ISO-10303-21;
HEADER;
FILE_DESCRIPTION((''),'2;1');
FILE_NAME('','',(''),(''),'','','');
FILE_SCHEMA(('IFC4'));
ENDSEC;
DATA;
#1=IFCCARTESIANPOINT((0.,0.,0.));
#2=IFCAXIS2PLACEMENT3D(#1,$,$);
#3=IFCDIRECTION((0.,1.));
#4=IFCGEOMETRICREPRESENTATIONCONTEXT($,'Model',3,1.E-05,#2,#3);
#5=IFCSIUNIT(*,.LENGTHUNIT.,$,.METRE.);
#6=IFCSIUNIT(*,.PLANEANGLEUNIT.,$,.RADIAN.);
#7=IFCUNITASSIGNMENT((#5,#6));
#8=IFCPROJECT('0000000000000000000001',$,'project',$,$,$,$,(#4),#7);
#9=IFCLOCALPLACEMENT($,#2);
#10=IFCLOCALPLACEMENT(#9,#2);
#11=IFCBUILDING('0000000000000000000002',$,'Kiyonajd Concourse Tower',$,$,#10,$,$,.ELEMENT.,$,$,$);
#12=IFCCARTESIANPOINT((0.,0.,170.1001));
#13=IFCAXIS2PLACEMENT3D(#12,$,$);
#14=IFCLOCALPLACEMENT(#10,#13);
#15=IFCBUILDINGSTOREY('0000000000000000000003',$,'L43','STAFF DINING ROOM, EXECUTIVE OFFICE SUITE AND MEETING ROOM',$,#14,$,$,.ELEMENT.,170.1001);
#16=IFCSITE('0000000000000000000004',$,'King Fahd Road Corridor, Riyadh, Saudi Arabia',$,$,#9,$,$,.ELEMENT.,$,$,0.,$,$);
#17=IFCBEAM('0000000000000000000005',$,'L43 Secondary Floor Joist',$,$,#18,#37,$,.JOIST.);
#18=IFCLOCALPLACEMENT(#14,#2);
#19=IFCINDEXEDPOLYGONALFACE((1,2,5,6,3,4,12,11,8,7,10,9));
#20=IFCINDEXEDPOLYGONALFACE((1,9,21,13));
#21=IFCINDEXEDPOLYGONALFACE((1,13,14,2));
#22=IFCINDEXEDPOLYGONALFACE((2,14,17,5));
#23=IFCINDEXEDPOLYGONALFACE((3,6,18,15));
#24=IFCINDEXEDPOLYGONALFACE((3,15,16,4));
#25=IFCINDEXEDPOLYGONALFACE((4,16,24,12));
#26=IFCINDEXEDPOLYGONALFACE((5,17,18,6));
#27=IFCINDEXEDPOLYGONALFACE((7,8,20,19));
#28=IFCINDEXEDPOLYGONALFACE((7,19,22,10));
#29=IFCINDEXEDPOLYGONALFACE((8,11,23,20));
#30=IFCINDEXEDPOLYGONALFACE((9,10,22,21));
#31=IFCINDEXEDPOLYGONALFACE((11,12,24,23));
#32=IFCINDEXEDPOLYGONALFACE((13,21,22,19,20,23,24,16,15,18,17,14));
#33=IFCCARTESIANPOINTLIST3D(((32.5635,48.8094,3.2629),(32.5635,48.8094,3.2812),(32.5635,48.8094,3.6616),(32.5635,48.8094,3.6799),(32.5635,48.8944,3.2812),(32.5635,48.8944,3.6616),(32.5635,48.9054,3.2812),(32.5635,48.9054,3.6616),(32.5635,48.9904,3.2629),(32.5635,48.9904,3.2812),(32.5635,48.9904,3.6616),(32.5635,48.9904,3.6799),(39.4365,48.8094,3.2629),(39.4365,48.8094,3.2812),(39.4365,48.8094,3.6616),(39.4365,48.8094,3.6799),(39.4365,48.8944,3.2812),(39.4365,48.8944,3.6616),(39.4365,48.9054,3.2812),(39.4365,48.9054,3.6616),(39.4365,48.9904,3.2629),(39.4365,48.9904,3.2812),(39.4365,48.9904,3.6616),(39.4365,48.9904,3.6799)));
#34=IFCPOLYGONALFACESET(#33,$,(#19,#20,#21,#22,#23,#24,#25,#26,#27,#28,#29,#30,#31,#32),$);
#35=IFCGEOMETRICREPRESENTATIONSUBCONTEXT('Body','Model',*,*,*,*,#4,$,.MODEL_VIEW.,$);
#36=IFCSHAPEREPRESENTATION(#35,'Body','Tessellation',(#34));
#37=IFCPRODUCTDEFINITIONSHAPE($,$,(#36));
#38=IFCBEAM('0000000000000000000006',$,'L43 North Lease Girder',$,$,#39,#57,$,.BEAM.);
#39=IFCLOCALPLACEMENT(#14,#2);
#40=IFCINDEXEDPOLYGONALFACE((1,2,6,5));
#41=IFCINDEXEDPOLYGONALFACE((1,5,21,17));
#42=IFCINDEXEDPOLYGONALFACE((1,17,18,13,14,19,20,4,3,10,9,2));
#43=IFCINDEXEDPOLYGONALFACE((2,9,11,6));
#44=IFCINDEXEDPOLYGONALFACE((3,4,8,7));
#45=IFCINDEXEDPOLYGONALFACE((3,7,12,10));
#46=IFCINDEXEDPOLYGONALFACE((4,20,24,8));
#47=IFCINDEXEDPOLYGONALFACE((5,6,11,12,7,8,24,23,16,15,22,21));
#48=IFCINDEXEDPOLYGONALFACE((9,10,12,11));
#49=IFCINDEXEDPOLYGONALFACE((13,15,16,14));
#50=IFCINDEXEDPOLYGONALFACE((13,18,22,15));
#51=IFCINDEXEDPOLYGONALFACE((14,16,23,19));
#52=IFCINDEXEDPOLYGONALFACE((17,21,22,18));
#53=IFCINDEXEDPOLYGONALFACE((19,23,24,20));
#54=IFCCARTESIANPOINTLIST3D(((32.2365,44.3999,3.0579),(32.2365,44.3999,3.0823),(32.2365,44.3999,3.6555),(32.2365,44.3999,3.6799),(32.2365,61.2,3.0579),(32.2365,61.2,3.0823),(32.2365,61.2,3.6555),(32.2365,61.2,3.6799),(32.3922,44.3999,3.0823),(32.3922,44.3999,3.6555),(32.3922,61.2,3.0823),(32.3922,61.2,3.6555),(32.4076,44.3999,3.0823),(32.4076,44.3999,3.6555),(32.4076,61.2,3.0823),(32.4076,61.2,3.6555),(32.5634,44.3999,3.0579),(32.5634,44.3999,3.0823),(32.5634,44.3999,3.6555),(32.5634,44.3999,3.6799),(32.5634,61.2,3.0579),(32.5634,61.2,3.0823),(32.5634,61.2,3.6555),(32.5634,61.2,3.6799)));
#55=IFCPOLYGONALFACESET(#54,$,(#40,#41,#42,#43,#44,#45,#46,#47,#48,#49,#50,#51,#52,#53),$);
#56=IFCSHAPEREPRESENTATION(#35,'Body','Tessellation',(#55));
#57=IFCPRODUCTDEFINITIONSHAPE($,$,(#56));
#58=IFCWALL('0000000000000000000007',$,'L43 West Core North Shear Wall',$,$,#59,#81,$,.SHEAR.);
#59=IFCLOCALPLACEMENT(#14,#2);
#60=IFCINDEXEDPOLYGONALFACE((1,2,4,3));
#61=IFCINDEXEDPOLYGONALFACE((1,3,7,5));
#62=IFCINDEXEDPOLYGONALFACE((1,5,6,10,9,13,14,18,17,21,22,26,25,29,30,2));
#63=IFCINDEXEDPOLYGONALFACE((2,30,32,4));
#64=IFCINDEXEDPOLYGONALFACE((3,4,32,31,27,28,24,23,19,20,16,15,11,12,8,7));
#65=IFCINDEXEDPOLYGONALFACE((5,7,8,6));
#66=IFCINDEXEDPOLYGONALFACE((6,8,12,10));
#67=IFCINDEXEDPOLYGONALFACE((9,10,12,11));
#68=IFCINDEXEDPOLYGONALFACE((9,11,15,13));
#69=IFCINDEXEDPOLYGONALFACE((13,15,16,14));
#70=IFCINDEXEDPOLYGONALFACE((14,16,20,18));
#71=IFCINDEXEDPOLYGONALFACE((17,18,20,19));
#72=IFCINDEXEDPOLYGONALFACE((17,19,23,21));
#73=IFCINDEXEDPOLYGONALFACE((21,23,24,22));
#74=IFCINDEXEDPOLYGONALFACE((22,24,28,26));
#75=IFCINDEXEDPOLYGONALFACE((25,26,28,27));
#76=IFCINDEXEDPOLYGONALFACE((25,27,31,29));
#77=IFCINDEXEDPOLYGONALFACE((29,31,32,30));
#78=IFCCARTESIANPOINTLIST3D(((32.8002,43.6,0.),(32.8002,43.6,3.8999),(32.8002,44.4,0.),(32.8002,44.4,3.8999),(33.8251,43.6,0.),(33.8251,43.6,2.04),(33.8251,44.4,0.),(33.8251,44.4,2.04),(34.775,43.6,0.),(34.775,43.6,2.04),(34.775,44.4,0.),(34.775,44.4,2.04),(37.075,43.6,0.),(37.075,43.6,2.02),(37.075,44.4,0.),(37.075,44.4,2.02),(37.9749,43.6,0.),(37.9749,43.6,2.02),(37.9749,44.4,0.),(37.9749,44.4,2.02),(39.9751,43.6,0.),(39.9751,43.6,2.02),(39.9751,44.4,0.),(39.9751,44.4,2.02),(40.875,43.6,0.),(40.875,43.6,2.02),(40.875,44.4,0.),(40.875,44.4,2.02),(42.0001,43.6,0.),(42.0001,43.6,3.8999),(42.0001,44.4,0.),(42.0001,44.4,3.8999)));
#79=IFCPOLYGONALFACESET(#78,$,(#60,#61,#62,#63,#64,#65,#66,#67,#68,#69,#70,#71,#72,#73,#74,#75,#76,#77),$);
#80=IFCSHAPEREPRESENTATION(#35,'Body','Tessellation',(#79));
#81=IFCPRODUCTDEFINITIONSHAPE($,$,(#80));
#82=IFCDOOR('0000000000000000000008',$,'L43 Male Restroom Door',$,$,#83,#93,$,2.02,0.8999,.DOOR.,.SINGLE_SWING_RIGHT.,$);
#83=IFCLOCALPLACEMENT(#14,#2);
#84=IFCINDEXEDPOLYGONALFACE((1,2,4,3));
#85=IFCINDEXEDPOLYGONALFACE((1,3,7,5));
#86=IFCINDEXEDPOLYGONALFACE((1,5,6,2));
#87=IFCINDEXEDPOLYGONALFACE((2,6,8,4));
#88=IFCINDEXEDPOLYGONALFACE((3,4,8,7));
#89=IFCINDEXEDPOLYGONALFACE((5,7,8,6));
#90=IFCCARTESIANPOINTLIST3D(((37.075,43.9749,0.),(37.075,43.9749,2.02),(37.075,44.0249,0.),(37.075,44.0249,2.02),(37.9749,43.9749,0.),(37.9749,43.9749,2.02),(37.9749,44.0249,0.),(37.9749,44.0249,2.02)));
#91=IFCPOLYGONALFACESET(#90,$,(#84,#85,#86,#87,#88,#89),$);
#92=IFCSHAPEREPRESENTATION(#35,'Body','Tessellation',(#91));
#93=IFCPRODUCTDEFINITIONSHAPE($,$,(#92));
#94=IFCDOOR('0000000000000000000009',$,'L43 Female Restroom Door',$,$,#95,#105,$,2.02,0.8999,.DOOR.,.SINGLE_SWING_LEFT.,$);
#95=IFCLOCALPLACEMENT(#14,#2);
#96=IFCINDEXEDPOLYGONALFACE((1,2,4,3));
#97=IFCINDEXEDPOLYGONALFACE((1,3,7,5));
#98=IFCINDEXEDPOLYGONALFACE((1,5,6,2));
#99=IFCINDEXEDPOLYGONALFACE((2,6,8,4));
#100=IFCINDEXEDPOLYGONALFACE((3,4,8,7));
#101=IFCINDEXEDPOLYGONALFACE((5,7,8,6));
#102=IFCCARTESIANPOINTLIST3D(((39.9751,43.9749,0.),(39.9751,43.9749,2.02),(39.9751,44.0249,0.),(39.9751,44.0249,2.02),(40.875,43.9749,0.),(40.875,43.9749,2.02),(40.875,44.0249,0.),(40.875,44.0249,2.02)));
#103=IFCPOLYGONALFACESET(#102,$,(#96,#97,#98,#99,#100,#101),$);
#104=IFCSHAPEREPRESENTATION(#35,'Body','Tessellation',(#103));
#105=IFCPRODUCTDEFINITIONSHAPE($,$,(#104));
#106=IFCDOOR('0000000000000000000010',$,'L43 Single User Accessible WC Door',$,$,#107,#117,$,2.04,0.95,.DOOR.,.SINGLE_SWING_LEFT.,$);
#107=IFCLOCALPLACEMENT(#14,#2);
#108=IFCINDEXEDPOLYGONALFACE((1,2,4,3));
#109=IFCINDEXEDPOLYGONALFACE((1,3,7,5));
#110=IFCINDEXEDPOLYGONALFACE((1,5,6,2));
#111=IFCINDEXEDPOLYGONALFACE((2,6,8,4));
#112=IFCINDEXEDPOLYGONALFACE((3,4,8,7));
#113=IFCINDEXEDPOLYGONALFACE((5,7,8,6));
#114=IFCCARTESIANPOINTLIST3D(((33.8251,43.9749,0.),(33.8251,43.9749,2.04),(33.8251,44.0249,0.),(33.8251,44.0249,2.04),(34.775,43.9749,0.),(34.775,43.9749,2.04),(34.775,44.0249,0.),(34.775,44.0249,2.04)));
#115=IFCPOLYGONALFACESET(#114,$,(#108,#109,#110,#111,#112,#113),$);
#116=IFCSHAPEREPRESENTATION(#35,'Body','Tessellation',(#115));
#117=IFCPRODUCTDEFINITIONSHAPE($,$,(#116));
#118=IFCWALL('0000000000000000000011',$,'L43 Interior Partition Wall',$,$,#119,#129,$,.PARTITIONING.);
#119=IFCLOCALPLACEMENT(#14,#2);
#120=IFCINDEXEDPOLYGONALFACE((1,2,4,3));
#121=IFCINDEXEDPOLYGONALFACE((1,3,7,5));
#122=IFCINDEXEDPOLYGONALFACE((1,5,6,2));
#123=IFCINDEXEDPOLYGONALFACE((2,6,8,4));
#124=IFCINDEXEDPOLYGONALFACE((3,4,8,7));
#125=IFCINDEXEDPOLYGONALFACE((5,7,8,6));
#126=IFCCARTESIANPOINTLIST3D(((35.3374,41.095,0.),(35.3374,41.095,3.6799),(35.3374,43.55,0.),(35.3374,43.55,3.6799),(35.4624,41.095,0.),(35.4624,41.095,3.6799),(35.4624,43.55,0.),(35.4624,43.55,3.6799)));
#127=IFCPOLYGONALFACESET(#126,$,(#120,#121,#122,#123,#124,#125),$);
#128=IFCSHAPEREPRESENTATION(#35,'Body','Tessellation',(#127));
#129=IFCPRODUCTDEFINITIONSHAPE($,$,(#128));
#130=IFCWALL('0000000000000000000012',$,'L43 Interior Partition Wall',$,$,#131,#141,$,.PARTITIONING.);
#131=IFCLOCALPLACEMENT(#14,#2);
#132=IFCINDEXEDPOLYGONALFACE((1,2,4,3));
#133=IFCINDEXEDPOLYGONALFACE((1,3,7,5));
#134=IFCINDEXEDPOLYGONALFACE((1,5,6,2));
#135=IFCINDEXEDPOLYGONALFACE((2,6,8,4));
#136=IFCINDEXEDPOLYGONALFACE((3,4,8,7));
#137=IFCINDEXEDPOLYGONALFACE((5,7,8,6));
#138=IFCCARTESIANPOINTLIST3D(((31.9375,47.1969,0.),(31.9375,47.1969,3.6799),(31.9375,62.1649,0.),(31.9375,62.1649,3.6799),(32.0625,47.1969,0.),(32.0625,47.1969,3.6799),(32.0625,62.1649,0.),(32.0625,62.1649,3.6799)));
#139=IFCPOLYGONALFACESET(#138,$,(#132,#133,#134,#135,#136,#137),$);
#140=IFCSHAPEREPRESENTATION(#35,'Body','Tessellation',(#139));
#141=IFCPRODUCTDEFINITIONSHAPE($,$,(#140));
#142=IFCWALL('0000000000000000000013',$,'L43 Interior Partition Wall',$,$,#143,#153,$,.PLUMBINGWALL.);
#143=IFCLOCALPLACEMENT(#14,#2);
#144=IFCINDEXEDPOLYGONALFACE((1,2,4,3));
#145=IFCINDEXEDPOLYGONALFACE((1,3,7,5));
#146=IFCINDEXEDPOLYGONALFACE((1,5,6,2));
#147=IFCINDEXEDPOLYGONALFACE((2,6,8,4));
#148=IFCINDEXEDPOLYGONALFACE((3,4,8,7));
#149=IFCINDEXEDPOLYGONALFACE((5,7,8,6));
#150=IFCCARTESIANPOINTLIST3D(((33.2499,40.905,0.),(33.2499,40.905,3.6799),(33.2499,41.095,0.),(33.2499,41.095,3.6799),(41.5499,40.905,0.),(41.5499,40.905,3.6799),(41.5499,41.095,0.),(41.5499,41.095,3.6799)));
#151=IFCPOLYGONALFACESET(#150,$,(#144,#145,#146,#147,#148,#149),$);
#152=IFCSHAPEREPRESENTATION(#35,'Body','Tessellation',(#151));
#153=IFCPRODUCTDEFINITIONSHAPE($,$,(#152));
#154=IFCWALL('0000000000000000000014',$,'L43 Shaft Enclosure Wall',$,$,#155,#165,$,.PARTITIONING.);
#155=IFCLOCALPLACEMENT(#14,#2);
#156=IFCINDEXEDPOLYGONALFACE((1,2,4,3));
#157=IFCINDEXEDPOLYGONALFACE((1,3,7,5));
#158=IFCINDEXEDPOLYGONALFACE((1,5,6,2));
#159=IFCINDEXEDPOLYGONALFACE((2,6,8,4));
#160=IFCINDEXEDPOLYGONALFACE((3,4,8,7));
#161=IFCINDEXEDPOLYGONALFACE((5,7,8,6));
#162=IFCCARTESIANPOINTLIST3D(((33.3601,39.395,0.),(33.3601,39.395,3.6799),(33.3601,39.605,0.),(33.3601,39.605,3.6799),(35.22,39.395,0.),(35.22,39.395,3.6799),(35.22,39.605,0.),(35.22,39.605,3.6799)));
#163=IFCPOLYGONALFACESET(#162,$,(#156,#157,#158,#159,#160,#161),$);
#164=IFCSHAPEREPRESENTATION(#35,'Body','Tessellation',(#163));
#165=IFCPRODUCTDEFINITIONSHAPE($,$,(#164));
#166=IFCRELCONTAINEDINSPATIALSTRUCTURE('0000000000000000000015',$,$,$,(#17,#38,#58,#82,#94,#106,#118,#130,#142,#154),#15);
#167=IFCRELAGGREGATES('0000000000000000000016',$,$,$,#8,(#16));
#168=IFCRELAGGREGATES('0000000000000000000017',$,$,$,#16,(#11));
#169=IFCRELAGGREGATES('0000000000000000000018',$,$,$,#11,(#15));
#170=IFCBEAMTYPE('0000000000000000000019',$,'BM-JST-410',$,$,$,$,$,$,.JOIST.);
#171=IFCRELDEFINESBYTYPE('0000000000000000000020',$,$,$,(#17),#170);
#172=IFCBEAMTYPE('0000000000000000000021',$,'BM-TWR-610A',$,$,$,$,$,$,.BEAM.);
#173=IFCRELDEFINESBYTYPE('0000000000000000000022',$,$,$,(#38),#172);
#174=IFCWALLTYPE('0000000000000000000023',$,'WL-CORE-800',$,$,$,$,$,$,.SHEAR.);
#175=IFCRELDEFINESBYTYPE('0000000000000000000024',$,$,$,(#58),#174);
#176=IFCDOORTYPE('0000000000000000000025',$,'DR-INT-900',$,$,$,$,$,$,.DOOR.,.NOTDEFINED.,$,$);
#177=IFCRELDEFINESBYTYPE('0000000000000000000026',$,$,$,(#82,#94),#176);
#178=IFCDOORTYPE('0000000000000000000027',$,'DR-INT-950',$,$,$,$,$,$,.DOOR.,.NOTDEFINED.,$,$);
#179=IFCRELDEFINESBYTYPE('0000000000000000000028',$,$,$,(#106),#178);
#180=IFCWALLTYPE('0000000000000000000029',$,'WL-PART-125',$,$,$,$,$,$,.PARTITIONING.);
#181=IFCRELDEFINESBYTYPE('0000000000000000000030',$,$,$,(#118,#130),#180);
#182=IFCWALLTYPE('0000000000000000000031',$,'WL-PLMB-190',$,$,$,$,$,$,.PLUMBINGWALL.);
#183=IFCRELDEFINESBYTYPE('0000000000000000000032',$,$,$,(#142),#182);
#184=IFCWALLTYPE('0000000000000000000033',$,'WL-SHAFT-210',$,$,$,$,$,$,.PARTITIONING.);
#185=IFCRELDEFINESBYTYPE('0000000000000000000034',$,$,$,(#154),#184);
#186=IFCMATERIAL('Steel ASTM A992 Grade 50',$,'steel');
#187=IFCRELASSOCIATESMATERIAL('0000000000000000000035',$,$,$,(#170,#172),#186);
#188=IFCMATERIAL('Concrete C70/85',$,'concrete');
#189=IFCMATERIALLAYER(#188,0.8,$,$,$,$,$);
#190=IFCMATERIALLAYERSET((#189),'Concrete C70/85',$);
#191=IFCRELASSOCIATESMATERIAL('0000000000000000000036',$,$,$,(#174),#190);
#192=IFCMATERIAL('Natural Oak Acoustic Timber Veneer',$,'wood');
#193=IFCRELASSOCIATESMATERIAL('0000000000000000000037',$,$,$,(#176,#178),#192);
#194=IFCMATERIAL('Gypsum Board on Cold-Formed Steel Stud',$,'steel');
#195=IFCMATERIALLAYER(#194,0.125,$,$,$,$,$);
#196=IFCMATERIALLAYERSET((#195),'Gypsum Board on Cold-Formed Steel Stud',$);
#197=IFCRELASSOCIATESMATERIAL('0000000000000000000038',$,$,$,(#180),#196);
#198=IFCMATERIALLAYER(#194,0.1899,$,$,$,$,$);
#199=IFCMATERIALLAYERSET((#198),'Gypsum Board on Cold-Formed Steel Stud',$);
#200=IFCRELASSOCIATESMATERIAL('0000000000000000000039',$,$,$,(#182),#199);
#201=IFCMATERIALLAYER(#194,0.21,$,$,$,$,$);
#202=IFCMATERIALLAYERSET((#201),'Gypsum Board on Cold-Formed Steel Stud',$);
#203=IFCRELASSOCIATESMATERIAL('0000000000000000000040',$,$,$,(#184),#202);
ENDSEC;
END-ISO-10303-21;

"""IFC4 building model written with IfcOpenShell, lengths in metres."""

from ifc_helpers import new_model, si_unit, direction, frame, frame_2d, origin, origin_2d, place, context, subcontext, project, spatial, rectangle, i_section, extrude, material, layer, layer_set, material_profile, profile_set, type_object, element, fill, save


model = new_model("IFC4")

# Units and contexts
model_context = context("Model", 3, precision=1e-05, world=origin(), true_north=direction((0.0, 1.0)))
body_context = subcontext(model_context, "Body", "Model", "MODEL_VIEW")
ifc_project = project(units=[si_unit("LENGTHUNIT", "METRE"), si_unit("PLANEANGLEUNIT", "RADIAN")], contexts=[model_context])

# Site, building, storey
site_placement = place(None, origin())
site = spatial("IfcSite", under=ifc_project, at=site_placement, Name="King Fahd Road Corridor, Riyadh, Saudi Arabia", CompositionType="ELEMENT", RefElevation=0.0)
building_placement = place(site_placement, origin())
building = spatial("IfcBuilding", under=site, at=building_placement, Name="Kiyonajd Concourse Tower", CompositionType="ELEMENT")
storey_placement = place(building_placement, frame((0.0, 0.0, 170.1001)))
storey = spatial("IfcBuildingStorey", under=building, at=storey_placement, Name="L43", Description="STAFF DINING ROOM, EXECUTIVE OFFICE SUITE AND MEETING ROOM", CompositionType="ELEMENT", Elevation=170.1001)

# Beams
ifc_material_1 = material(Name="Steel ASTM A992 Grade 50", Category="steel")
ifc_material_profile_1 = material_profile(ifc_material_1, i_section(OverallWidth=0.1809, OverallDepth=0.417, WebThickness=0.011, FlangeThickness=0.0183, at=origin_2d()), Name="W410X85")
ifc_profile_set_1 = profile_set([ifc_material_profile_1], Name="Steel ASTM A992 Grade 50")
beam_type_1 = type_object("IfcBeamType", Name="BM-JST-410", PredefinedType="JOIST", material=ifc_profile_set_1)
beam_1_placement = place(storey_placement, frame((32.5635, 48.8999, 3.4714), z_axis=(1.0, 0.0, 0.0), x_axis=(0.0, 1.0, 0.0)))
element("IfcBeam", 1, at=beam_1_placement, inside=storey, type_object=beam_type_1, Name="L43 Secondary Floor Joist", PredefinedType="JOIST", context=body_context, shape_type="SweptSolid", body=[
    extrude(i_section(OverallWidth=0.1809, OverallDepth=0.417, WebThickness=0.011, FlangeThickness=0.0183, at=origin_2d()), origin(), (0.0, 0.0, 1.0), 6.873),
])
ifc_material_profile_2 = material_profile(ifc_material_1, i_section(OverallWidth=0.3269, OverallDepth=0.6221, WebThickness=0.0154, FlangeThickness=0.0244, at=origin_2d()), Name="W610X195")
ifc_profile_set_2 = profile_set([ifc_material_profile_2], Name="Steel ASTM A992 Grade 50")
beam_type_2 = type_object("IfcBeamType", Name="BM-TWR-610A", PredefinedType="BEAM", material=ifc_profile_set_2)
beam_2_placement = place(storey_placement, frame((32.3999, 44.3999, 3.3689), z_axis=(0.0, 1.0, 0.0), x_axis=(-1.0, 0.0, 0.0)))
element("IfcBeam", 2, at=beam_2_placement, inside=storey, type_object=beam_type_2, Name="L43 North Lease Girder", PredefinedType="BEAM", context=body_context, shape_type="SweptSolid", body=[
    extrude(i_section(OverallWidth=0.3269, OverallDepth=0.6221, WebThickness=0.0154, FlangeThickness=0.0244, at=origin_2d()), origin(), (0.0, 0.0, 1.0), 16.8),
])

# Wall, openings, doors
ifc_material_2 = material(Name="Concrete C70/85", Category="concrete")
ifc_layer_1 = layer(ifc_material_2, 0.8)
ifc_layer_set_1 = layer_set([ifc_layer_1], Name="Concrete C70/85")
wall_type_1 = type_object("IfcWallType", Name="WL-CORE-800", PredefinedType="SHEAR", material=ifc_layer_set_1)
wall_1_placement = place(storey_placement, frame((32.8, 44.0, 0.0), z_axis=(0.0, 0.0, 1.0), x_axis=(1.0, 0.0, 0.0)))
wall_1 = element("IfcWall", 3, at=wall_1_placement, inside=storey, type_object=wall_type_1, Name="L43 West Core North Shear Wall", PredefinedType="SHEAR", context=body_context, shape_type="SweptSolid", body=[
    extrude(rectangle(XDim=9.2, YDim=0.8, at=frame_2d((4.6001, 0.0))), origin(), (0.0, 0.0, 1.0), 3.8999),
])
opening_1_placement = place(wall_1_placement, frame((1.0249, 0.0, 0.0)))
opening_1 = element("IfcOpeningElement", 4, at=opening_1_placement, cuts=wall_1, PredefinedType="OPENING", context=body_context, shape_type="SweptSolid", body=[
    extrude(rectangle(XDim=0.95, YDim=2.04, at=frame_2d((0.4751, 1.02))), frame((0.0, 0.4099, 0.0), z_axis=(0.0, -1.0, 0.0), x_axis=(1.0, 0.0, 0.0)), (0.0, 0.0, 1.0), 0.8201),
])
opening_2_placement = place(wall_1_placement, frame((4.2749, 0.0, 0.0)))
opening_2 = element("IfcOpeningElement", 5, at=opening_2_placement, cuts=wall_1, PredefinedType="OPENING", context=body_context, shape_type="SweptSolid", body=[
    extrude(rectangle(XDim=0.8999, YDim=2.02, at=frame_2d((0.45, 1.01))), frame((0.0, 0.4099, 0.0), z_axis=(0.0, -1.0, 0.0), x_axis=(1.0, 0.0, 0.0)), (0.0, 0.0, 1.0), 0.8201),
])
opening_3_placement = place(wall_1_placement, frame((7.175, 0.0, 0.0)))
opening_3 = element("IfcOpeningElement", 6, at=opening_3_placement, cuts=wall_1, PredefinedType="OPENING", context=body_context, shape_type="SweptSolid", body=[
    extrude(rectangle(XDim=0.8999, YDim=2.02, at=frame_2d((0.45, 1.01))), frame((0.0, 0.4099, 0.0), z_axis=(0.0, -1.0, 0.0), x_axis=(1.0, 0.0, 0.0)), (0.0, 0.0, 1.0), 0.8201),
])
ifc_material_3 = material(Name="Natural Oak Acoustic Timber Veneer", Category="wood")
door_type_1 = type_object("IfcDoorType", Name="DR-INT-900", OperationType="NOTDEFINED", PredefinedType="DOOR", material=ifc_material_3)
door_1_placement = place(opening_2_placement, origin())
door_1 = element("IfcDoor", 7, at=door_1_placement, inside=storey, type_object=door_type_1, Name="L43 Male Restroom Door", OperationType="SINGLE_SWING_RIGHT", OverallHeight=2.02, OverallWidth=0.8999, PredefinedType="DOOR", context=body_context, shape_type="SweptSolid", body=[
    extrude(rectangle(XDim=0.8999, YDim=2.02, at=frame_2d((0.45, 1.01))), frame((0.0, 0.0249, 0.0), z_axis=(0.0, -1.0, 0.0), x_axis=(1.0, 0.0, 0.0)), (0.0, 0.0, 1.0), 0.05),
])
fill(opening_2, door_1)
door_2_placement = place(opening_3_placement, origin())
door_2 = element("IfcDoor", 8, at=door_2_placement, inside=storey, type_object=door_type_1, Name="L43 Female Restroom Door", OperationType="SINGLE_SWING_LEFT", OverallHeight=2.02, OverallWidth=0.8999, PredefinedType="DOOR", context=body_context, shape_type="SweptSolid", body=[
    extrude(rectangle(XDim=0.8999, YDim=2.02, at=frame_2d((0.45, 1.01))), frame((0.0, 0.0249, 0.0), z_axis=(0.0, -1.0, 0.0), x_axis=(1.0, 0.0, 0.0)), (0.0, 0.0, 1.0), 0.05),
])
fill(opening_3, door_2)
door_type_2 = type_object("IfcDoorType", Name="DR-INT-950", OperationType="NOTDEFINED", PredefinedType="DOOR", material=ifc_material_3)
door_3_placement = place(opening_1_placement, origin())
door_3 = element("IfcDoor", 9, at=door_3_placement, inside=storey, type_object=door_type_2, Name="L43 Single User Accessible WC Door", OperationType="SINGLE_SWING_LEFT", OverallHeight=2.04, OverallWidth=0.95, PredefinedType="DOOR", context=body_context, shape_type="SweptSolid", body=[
    extrude(rectangle(XDim=0.95, YDim=2.04, at=frame_2d((0.4751, 1.02))), frame((0.0, 0.0249, 0.0), z_axis=(0.0, -1.0, 0.0), x_axis=(1.0, 0.0, 0.0)), (0.0, 0.0, 1.0), 0.05),
])
fill(opening_1, door_3)

# Walls
ifc_material_4 = material(Name="Gypsum Board on Cold-Formed Steel Stud", Category="steel")
ifc_layer_2 = layer(ifc_material_4, 0.125)
ifc_layer_set_2 = layer_set([ifc_layer_2], Name="Gypsum Board on Cold-Formed Steel Stud")
wall_type_2 = type_object("IfcWallType", Name="WL-PART-125", PredefinedType="PARTITIONING", material=ifc_layer_set_2)
wall_2_placement = place(storey_placement, frame((35.3999, 41.095, 0.0), z_axis=(0.0, 0.0, 1.0), x_axis=(0.0, 1.0, 0.0)))
element("IfcWall", 10, at=wall_2_placement, inside=storey, type_object=wall_type_2, Name="L43 Interior Partition Wall", PredefinedType="PARTITIONING", context=body_context, shape_type="SweptSolid", body=[
    extrude(rectangle(XDim=2.4551, YDim=0.125, at=frame_2d((1.2275, 0.0))), origin(), (0.0, 0.0, 1.0), 3.6799),
])
wall_3_placement = place(storey_placement, frame((32.0, 47.197, 0.0), z_axis=(0.0, 0.0, 1.0), x_axis=(0.0, 1.0, 0.0)))
element("IfcWall", 11, at=wall_3_placement, inside=storey, type_object=wall_type_2, Name="L43 Interior Partition Wall", PredefinedType="PARTITIONING", context=body_context, shape_type="SweptSolid", body=[
    extrude(rectangle(XDim=14.968, YDim=0.125, at=frame_2d((7.4839, 0.0))), origin(), (0.0, 0.0, 1.0), 3.6799),
])
ifc_layer_3 = layer(ifc_material_4, 0.1899)
ifc_layer_set_3 = layer_set([ifc_layer_3], Name="Gypsum Board on Cold-Formed Steel Stud")
wall_type_3 = type_object("IfcWallType", Name="WL-PLMB-190", PredefinedType="PLUMBINGWALL", material=ifc_layer_set_3)
wall_4_placement = place(storey_placement, frame((33.25, 41.0, 0.0), z_axis=(0.0, 0.0, 1.0), x_axis=(1.0, 0.0, 0.0)))
element("IfcWall", 12, at=wall_4_placement, inside=storey, type_object=wall_type_3, Name="L43 Interior Partition Wall", PredefinedType="PLUMBINGWALL", context=body_context, shape_type="SweptSolid", body=[
    extrude(rectangle(XDim=8.3, YDim=0.1899, at=frame_2d((4.1499, 0.0))), origin(), (0.0, 0.0, 1.0), 3.6799),
])
ifc_layer_4 = layer(ifc_material_4, 0.21)
ifc_layer_set_4 = layer_set([ifc_layer_4], Name="Gypsum Board on Cold-Formed Steel Stud")
wall_type_4 = type_object("IfcWallType", Name="WL-SHAFT-210", PredefinedType="PARTITIONING", material=ifc_layer_set_4)
wall_5_placement = place(storey_placement, frame((33.3601, 39.5, 0.0), z_axis=(0.0, 0.0, 1.0), x_axis=(1.0, 0.0, 0.0)))
element("IfcWall", 13, at=wall_5_placement, inside=storey, type_object=wall_type_4, Name="L43 Shaft Enclosure Wall", PredefinedType="PARTITIONING", context=body_context, shape_type="SweptSolid", body=[
    extrude(rectangle(XDim=1.8599, YDim=0.21, at=frame_2d((0.9299, 0.0))), origin(), (0.0, 0.0, 1.0), 3.6799),
])

save(model, "model.ifc")
